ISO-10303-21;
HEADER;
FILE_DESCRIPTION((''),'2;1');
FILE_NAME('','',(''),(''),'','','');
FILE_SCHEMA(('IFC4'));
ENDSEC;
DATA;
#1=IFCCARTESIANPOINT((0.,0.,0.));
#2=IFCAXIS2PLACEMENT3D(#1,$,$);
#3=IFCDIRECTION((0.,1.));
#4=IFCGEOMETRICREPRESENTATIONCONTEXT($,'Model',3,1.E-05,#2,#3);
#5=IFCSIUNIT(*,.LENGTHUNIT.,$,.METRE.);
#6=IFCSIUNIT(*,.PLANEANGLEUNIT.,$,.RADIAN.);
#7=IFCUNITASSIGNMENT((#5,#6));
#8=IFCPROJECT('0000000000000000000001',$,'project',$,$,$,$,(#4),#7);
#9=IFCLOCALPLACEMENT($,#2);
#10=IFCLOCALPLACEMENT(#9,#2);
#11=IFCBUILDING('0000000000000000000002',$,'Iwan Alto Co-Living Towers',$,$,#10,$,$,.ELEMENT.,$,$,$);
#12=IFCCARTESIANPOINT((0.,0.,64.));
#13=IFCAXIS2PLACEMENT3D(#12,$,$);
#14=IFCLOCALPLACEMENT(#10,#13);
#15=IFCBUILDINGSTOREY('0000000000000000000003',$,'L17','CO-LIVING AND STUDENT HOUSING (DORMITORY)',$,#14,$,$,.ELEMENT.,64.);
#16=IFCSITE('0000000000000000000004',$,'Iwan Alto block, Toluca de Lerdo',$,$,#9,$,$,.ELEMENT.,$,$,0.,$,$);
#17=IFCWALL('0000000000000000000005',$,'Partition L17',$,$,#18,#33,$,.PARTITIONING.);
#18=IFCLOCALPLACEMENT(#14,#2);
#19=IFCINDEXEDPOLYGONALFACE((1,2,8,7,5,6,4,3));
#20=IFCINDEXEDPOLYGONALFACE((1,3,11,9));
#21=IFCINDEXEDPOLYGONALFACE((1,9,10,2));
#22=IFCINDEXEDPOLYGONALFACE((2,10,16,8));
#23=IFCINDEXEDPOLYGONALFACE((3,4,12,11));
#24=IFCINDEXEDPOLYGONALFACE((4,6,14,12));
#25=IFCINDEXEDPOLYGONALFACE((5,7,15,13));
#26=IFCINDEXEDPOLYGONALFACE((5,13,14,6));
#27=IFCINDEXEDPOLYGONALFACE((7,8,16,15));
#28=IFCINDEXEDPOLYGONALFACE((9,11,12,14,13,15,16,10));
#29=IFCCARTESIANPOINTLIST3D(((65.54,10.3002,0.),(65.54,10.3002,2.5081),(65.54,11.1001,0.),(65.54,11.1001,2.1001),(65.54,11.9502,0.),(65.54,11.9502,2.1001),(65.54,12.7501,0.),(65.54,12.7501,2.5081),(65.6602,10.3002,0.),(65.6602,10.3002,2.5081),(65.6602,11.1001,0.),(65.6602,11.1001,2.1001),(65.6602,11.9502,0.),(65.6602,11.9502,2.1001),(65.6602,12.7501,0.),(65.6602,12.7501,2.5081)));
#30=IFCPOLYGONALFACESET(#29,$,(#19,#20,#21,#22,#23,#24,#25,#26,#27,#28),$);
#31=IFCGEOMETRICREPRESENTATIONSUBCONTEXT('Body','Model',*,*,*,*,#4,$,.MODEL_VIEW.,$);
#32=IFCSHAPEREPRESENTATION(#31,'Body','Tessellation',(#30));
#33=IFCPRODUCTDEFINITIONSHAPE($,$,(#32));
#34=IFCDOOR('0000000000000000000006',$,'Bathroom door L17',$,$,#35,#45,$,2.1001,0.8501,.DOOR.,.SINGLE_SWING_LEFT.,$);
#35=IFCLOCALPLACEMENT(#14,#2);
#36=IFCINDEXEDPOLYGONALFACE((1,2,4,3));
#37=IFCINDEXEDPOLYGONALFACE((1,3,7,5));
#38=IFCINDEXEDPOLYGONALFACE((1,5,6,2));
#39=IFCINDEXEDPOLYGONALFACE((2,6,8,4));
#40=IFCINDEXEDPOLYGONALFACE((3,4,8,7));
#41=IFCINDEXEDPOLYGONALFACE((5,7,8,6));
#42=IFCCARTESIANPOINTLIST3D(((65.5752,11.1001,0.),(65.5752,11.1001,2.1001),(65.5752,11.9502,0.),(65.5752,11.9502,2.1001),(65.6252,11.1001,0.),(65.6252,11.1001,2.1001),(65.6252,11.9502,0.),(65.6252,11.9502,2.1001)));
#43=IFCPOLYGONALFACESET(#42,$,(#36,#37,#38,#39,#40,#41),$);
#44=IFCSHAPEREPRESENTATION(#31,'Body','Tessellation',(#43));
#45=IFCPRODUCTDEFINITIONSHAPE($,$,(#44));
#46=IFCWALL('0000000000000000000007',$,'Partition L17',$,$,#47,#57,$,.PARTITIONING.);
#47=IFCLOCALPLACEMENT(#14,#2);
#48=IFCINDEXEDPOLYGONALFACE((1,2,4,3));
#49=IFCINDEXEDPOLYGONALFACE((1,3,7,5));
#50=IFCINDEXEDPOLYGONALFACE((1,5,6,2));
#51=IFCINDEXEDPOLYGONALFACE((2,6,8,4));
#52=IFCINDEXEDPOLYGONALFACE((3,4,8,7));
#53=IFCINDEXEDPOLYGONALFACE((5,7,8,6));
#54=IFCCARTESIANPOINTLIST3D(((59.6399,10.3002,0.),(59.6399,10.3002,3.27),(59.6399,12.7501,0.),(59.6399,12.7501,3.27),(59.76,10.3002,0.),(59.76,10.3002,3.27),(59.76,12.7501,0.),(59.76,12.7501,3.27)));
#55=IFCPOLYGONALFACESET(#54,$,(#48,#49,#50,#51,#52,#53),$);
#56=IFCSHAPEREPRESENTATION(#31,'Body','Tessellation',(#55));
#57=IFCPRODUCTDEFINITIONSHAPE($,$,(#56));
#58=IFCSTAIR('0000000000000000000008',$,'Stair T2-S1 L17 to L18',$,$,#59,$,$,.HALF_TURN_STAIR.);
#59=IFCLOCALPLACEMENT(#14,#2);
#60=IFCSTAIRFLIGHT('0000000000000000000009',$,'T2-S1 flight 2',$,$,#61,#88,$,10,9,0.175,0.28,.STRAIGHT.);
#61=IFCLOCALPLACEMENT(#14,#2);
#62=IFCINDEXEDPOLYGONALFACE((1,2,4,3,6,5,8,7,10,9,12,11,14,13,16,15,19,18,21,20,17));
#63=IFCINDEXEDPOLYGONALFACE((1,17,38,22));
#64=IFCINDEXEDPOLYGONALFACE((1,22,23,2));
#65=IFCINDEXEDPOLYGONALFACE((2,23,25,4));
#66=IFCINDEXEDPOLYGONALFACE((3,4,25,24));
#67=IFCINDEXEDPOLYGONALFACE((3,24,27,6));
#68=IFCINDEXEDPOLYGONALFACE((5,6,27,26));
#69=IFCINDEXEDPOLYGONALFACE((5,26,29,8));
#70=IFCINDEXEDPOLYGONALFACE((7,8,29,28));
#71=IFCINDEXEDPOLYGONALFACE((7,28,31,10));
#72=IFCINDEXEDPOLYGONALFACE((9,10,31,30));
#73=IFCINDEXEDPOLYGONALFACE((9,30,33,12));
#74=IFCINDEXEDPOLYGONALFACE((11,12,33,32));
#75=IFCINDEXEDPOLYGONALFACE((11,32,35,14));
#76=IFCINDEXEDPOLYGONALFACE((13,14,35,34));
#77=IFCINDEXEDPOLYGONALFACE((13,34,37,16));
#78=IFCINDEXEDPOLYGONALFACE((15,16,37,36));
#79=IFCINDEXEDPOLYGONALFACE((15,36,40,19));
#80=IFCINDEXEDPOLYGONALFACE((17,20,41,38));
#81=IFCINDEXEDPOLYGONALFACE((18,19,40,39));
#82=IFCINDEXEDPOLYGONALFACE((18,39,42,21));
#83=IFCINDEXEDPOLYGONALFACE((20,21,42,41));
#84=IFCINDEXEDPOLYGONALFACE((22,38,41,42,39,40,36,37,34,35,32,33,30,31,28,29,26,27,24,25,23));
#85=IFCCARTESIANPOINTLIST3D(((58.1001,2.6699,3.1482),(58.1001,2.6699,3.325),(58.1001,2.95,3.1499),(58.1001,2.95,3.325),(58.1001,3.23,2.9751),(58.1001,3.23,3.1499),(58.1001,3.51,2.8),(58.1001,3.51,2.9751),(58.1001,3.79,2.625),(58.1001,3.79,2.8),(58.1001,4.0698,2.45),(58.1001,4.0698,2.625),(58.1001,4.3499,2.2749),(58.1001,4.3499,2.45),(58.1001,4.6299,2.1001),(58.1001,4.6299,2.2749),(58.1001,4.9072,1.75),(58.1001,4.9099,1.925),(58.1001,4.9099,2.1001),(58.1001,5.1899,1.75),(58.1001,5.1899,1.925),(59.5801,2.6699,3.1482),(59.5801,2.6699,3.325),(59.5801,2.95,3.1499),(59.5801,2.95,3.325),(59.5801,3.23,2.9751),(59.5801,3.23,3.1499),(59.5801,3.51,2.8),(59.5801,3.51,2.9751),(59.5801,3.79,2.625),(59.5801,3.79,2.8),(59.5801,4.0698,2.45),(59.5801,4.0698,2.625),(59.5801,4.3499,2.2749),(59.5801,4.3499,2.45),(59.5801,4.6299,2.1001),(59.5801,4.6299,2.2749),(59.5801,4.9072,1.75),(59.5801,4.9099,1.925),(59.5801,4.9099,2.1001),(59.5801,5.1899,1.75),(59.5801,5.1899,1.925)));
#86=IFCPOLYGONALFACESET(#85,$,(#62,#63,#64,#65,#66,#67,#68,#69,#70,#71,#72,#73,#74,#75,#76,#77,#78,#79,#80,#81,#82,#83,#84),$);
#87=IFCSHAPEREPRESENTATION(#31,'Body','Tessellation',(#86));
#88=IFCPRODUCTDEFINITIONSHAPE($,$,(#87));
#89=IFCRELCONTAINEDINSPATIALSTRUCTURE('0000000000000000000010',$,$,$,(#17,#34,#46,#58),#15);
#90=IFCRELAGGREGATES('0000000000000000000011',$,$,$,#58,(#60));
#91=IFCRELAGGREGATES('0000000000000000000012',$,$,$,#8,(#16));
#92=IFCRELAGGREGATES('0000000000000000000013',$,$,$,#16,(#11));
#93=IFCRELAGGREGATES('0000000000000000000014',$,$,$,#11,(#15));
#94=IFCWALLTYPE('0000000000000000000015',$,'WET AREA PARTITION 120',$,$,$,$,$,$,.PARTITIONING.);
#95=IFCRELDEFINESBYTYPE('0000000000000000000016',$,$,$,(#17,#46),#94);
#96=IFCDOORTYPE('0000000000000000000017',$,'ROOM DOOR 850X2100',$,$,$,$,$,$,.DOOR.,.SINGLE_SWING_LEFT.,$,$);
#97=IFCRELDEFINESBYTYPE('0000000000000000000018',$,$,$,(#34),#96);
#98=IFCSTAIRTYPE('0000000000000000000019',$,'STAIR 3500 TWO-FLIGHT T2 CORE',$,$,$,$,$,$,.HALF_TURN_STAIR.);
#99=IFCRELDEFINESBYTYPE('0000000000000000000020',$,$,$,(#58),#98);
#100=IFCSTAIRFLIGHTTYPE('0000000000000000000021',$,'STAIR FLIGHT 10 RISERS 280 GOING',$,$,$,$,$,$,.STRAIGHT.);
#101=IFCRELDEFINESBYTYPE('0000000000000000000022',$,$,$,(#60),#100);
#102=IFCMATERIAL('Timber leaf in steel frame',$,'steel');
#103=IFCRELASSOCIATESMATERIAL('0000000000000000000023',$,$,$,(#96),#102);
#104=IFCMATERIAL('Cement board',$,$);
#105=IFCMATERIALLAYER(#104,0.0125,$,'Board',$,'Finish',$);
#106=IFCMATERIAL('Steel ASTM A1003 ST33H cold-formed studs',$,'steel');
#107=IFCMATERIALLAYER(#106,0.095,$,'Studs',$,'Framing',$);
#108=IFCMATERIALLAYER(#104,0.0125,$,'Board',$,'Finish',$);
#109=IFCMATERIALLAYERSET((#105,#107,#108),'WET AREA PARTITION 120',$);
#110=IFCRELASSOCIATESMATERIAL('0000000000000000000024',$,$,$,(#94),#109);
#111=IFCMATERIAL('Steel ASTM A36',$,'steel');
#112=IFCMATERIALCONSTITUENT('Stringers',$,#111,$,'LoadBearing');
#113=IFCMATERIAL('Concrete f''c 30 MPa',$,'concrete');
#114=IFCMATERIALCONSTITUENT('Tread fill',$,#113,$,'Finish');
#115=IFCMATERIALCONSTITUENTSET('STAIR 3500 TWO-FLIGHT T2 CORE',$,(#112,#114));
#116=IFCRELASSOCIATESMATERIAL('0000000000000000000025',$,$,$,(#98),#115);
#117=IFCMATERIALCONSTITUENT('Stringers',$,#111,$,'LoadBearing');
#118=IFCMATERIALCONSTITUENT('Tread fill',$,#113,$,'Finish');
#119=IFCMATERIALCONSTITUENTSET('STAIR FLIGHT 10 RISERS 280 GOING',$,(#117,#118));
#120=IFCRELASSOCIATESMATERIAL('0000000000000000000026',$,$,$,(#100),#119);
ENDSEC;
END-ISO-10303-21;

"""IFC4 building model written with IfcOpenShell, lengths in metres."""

from ifc_helpers import new_model, si_unit, direction, frame, frame_2d, origin, place, context, subcontext, project, spatial, polyline, rectangle, outline, extrude, material, layer, layer_set, constituent, constituent_set, type_object, element, fill, aggregate, save


model = new_model("IFC4")

# Units and contexts
model_context = context("Model", 3, precision=1e-05, world=origin(), true_north=direction((0.0, 1.0)))
body_context = subcontext(model_context, "Body", "Model", "MODEL_VIEW")
ifc_project = project(units=[si_unit("LENGTHUNIT", "METRE"), si_unit("PLANEANGLEUNIT", "RADIAN")], contexts=[model_context])

# Site, building, storey
site_placement = place(None, origin())
site = spatial("IfcSite", under=ifc_project, at=site_placement, Name="Iwan Alto block, Toluca de Lerdo", CompositionType="ELEMENT", RefElevation=0.0)
building_placement = place(site_placement, origin())
building = spatial("IfcBuilding", under=site, at=building_placement, Name="Iwan Alto Co-Living Towers", CompositionType="ELEMENT")
storey_placement = place(building_placement, frame((0.0, 0.0, 64.0)))
storey = spatial("IfcBuildingStorey", under=building, at=storey_placement, Name="L17", Description="CO-LIVING AND STUDENT HOUSING (DORMITORY)", CompositionType="ELEMENT", Elevation=64.0)

# Shared definitions
ifc_material_1 = material(Name="Steel ASTM A1003 ST33H cold-formed studs", Category="steel")

# Shared definitions
ifc_material_2 = material(Name="Timber leaf in steel frame", Category="steel")
door_type_1 = type_object("IfcDoorType", Name="ROOM DOOR 850X2100", OperationType="SINGLE_SWING_LEFT", PredefinedType="DOOR", material=ifc_material_2)

# Wall, opening, door
ifc_material_3 = material(Name="Cement board")
ifc_layer_1 = layer(ifc_material_3, 0.0125, Name="Board", Category="Finish")
ifc_layer_2 = layer(ifc_material_1, 0.095, Name="Studs", Category="Framing")
ifc_layer_3 = layer(ifc_material_3, 0.0125, Name="Board", Category="Finish")
ifc_layer_set_1 = layer_set([ifc_layer_1, ifc_layer_2, ifc_layer_3], Name="WET AREA PARTITION 120")
wall_type_1 = type_object("IfcWallType", Name="WET AREA PARTITION 120", PredefinedType="PARTITIONING", material=ifc_layer_set_1)
wall_1_placement = place(storey_placement, frame((65.6001, 10.3, 0.0), z_axis=(0.0, 0.0, 1.0), x_axis=(0.0, 1.0, 0.0)))
wall_1 = element("IfcWall", 1, at=wall_1_placement, inside=storey, type_object=wall_type_1, Name="Partition L17", PredefinedType="PARTITIONING", context=body_context, shape_type="SweptSolid", body=[
    extrude(rectangle(XDim=2.45, YDim=0.1201, at=frame_2d((1.2251, 0.0))), origin(), (0.0, 0.0, 1.0), 2.5081),
])
opening_1_placement = place(wall_1_placement, frame((0.8, 0.0, 0.0)))
opening_1 = element("IfcOpeningElement", 2, at=opening_1_placement, cuts=wall_1, PredefinedType="OPENING", context=body_context, shape_type="SweptSolid", body=[
    extrude(rectangle(XDim=0.8501, YDim=2.1001, at=frame_2d((0.425, 1.05))), frame((0.0, 0.0701, 0.0), z_axis=(0.0, -1.0, 0.0), x_axis=(1.0, 0.0, 0.0)), (0.0, 0.0, 1.0), 0.1401),
])
door_1_placement = place(opening_1_placement, origin())
door_1 = element("IfcDoor", 3, at=door_1_placement, inside=storey, type_object=door_type_1, Name="Bathroom door L17", OperationType="SINGLE_SWING_LEFT", OverallHeight=2.1001, OverallWidth=0.8501, PredefinedType="DOOR", context=body_context, shape_type="SweptSolid", body=[
    extrude(rectangle(XDim=0.8501, YDim=2.1001, at=frame_2d((0.425, 1.05))), frame((0.0, 0.0249, 0.0), z_axis=(0.0, -1.0, 0.0), x_axis=(1.0, 0.0, 0.0)), (0.0, 0.0, 1.0), 0.05),
])
fill(opening_1, door_1)

# Wall
wall_2_placement = place(storey_placement, frame((59.7, 10.3, 0.0), z_axis=(0.0, 0.0, 1.0), x_axis=(0.0, 1.0, 0.0)))
element("IfcWall", 4, at=wall_2_placement, inside=storey, type_object=wall_type_1, Name="Partition L17", PredefinedType="PARTITIONING", context=body_context, shape_type="SweptSolid", body=[
    extrude(rectangle(XDim=2.45, YDim=0.1201, at=frame_2d((1.2251, 0.0))), origin(), (0.0, 0.0, 1.0), 3.27),
])

# Stair, stair flight
ifc_material_4 = material(Name="Steel ASTM A36", Category="steel")
ifc_constituent_1 = constituent(ifc_material_4, Name="Stringers", Category="LoadBearing")
ifc_material_5 = material(Name="Concrete f'c 30 MPa", Category="concrete")
ifc_constituent_2 = constituent(ifc_material_5, Name="Tread fill", Category="Finish")
ifc_constituent_set_1 = constituent_set(constituents=[ifc_constituent_1, ifc_constituent_2], Name="STAIR 3500 TWO-FLIGHT T2 CORE")
stair_type = type_object("IfcStairType", Name="STAIR 3500 TWO-FLIGHT T2 CORE", PredefinedType="HALF_TURN_STAIR", material=ifc_constituent_set_1)
stair_placement = place(storey_placement, origin())
stair = element("IfcStair", 5, at=stair_placement, inside=storey, type_object=stair_type, Name="Stair T2-S1 L17 to L18", PredefinedType="HALF_TURN_STAIR")
ifc_constituent_3 = constituent(ifc_material_4, Name="Stringers", Category="LoadBearing")
ifc_constituent_4 = constituent(ifc_material_5, Name="Tread fill", Category="Finish")
ifc_constituent_set_2 = constituent_set(constituents=[ifc_constituent_3, ifc_constituent_4], Name="STAIR FLIGHT 10 RISERS 280 GOING")
stair_flight_type = type_object("IfcStairFlightType", Name="STAIR FLIGHT 10 RISERS 280 GOING", PredefinedType="STRAIGHT", material=ifc_constituent_set_2)
stair_flight_placement = place(storey_placement, frame((58.8401, 5.1899, 1.75), z_axis=(0.0, 0.0, 1.0), x_axis=(0.0, -1.0, 0.0)))
stair_flight = element("IfcStairFlight", 6, at=stair_flight_placement, type_object=stair_flight_type, Name="T2-S1 flight 2", NumberOfRisers=10, NumberOfTreads=9, PredefinedType="STRAIGHT", RiserHeight=0.175, TreadLength=0.28, context=body_context, shape_type="SweptSolid", body=[
    extrude(outline(polyline([(0.0, 0.0), (0.0, 0.175), (0.28, 0.175), (0.28, 0.3501), (0.5601, 0.3501), (0.5601, 0.5249), (0.8401, 0.5249), (0.8401, 0.7), (1.1201, 0.7), (1.1201, 0.875), (1.3999, 0.875), (1.3999, 1.05), (1.6799, 1.05), (1.6799, 1.2251), (1.96, 1.2251), (1.96, 1.3999), (2.24, 1.3999), (2.24, 1.575), (2.52, 1.575), (2.52, 1.75), (2.52, 1.3982), (0.2827, 0.0), (0.0, 0.0)])), frame((0.0, 0.74, 0.0), z_axis=(0.0, -1.0, 0.0), x_axis=(1.0, 0.0, 0.0)), (0.0, 0.0, 1.0), 1.48),
])
aggregate(stair, [stair_flight])

save(model, "model.ifc")
